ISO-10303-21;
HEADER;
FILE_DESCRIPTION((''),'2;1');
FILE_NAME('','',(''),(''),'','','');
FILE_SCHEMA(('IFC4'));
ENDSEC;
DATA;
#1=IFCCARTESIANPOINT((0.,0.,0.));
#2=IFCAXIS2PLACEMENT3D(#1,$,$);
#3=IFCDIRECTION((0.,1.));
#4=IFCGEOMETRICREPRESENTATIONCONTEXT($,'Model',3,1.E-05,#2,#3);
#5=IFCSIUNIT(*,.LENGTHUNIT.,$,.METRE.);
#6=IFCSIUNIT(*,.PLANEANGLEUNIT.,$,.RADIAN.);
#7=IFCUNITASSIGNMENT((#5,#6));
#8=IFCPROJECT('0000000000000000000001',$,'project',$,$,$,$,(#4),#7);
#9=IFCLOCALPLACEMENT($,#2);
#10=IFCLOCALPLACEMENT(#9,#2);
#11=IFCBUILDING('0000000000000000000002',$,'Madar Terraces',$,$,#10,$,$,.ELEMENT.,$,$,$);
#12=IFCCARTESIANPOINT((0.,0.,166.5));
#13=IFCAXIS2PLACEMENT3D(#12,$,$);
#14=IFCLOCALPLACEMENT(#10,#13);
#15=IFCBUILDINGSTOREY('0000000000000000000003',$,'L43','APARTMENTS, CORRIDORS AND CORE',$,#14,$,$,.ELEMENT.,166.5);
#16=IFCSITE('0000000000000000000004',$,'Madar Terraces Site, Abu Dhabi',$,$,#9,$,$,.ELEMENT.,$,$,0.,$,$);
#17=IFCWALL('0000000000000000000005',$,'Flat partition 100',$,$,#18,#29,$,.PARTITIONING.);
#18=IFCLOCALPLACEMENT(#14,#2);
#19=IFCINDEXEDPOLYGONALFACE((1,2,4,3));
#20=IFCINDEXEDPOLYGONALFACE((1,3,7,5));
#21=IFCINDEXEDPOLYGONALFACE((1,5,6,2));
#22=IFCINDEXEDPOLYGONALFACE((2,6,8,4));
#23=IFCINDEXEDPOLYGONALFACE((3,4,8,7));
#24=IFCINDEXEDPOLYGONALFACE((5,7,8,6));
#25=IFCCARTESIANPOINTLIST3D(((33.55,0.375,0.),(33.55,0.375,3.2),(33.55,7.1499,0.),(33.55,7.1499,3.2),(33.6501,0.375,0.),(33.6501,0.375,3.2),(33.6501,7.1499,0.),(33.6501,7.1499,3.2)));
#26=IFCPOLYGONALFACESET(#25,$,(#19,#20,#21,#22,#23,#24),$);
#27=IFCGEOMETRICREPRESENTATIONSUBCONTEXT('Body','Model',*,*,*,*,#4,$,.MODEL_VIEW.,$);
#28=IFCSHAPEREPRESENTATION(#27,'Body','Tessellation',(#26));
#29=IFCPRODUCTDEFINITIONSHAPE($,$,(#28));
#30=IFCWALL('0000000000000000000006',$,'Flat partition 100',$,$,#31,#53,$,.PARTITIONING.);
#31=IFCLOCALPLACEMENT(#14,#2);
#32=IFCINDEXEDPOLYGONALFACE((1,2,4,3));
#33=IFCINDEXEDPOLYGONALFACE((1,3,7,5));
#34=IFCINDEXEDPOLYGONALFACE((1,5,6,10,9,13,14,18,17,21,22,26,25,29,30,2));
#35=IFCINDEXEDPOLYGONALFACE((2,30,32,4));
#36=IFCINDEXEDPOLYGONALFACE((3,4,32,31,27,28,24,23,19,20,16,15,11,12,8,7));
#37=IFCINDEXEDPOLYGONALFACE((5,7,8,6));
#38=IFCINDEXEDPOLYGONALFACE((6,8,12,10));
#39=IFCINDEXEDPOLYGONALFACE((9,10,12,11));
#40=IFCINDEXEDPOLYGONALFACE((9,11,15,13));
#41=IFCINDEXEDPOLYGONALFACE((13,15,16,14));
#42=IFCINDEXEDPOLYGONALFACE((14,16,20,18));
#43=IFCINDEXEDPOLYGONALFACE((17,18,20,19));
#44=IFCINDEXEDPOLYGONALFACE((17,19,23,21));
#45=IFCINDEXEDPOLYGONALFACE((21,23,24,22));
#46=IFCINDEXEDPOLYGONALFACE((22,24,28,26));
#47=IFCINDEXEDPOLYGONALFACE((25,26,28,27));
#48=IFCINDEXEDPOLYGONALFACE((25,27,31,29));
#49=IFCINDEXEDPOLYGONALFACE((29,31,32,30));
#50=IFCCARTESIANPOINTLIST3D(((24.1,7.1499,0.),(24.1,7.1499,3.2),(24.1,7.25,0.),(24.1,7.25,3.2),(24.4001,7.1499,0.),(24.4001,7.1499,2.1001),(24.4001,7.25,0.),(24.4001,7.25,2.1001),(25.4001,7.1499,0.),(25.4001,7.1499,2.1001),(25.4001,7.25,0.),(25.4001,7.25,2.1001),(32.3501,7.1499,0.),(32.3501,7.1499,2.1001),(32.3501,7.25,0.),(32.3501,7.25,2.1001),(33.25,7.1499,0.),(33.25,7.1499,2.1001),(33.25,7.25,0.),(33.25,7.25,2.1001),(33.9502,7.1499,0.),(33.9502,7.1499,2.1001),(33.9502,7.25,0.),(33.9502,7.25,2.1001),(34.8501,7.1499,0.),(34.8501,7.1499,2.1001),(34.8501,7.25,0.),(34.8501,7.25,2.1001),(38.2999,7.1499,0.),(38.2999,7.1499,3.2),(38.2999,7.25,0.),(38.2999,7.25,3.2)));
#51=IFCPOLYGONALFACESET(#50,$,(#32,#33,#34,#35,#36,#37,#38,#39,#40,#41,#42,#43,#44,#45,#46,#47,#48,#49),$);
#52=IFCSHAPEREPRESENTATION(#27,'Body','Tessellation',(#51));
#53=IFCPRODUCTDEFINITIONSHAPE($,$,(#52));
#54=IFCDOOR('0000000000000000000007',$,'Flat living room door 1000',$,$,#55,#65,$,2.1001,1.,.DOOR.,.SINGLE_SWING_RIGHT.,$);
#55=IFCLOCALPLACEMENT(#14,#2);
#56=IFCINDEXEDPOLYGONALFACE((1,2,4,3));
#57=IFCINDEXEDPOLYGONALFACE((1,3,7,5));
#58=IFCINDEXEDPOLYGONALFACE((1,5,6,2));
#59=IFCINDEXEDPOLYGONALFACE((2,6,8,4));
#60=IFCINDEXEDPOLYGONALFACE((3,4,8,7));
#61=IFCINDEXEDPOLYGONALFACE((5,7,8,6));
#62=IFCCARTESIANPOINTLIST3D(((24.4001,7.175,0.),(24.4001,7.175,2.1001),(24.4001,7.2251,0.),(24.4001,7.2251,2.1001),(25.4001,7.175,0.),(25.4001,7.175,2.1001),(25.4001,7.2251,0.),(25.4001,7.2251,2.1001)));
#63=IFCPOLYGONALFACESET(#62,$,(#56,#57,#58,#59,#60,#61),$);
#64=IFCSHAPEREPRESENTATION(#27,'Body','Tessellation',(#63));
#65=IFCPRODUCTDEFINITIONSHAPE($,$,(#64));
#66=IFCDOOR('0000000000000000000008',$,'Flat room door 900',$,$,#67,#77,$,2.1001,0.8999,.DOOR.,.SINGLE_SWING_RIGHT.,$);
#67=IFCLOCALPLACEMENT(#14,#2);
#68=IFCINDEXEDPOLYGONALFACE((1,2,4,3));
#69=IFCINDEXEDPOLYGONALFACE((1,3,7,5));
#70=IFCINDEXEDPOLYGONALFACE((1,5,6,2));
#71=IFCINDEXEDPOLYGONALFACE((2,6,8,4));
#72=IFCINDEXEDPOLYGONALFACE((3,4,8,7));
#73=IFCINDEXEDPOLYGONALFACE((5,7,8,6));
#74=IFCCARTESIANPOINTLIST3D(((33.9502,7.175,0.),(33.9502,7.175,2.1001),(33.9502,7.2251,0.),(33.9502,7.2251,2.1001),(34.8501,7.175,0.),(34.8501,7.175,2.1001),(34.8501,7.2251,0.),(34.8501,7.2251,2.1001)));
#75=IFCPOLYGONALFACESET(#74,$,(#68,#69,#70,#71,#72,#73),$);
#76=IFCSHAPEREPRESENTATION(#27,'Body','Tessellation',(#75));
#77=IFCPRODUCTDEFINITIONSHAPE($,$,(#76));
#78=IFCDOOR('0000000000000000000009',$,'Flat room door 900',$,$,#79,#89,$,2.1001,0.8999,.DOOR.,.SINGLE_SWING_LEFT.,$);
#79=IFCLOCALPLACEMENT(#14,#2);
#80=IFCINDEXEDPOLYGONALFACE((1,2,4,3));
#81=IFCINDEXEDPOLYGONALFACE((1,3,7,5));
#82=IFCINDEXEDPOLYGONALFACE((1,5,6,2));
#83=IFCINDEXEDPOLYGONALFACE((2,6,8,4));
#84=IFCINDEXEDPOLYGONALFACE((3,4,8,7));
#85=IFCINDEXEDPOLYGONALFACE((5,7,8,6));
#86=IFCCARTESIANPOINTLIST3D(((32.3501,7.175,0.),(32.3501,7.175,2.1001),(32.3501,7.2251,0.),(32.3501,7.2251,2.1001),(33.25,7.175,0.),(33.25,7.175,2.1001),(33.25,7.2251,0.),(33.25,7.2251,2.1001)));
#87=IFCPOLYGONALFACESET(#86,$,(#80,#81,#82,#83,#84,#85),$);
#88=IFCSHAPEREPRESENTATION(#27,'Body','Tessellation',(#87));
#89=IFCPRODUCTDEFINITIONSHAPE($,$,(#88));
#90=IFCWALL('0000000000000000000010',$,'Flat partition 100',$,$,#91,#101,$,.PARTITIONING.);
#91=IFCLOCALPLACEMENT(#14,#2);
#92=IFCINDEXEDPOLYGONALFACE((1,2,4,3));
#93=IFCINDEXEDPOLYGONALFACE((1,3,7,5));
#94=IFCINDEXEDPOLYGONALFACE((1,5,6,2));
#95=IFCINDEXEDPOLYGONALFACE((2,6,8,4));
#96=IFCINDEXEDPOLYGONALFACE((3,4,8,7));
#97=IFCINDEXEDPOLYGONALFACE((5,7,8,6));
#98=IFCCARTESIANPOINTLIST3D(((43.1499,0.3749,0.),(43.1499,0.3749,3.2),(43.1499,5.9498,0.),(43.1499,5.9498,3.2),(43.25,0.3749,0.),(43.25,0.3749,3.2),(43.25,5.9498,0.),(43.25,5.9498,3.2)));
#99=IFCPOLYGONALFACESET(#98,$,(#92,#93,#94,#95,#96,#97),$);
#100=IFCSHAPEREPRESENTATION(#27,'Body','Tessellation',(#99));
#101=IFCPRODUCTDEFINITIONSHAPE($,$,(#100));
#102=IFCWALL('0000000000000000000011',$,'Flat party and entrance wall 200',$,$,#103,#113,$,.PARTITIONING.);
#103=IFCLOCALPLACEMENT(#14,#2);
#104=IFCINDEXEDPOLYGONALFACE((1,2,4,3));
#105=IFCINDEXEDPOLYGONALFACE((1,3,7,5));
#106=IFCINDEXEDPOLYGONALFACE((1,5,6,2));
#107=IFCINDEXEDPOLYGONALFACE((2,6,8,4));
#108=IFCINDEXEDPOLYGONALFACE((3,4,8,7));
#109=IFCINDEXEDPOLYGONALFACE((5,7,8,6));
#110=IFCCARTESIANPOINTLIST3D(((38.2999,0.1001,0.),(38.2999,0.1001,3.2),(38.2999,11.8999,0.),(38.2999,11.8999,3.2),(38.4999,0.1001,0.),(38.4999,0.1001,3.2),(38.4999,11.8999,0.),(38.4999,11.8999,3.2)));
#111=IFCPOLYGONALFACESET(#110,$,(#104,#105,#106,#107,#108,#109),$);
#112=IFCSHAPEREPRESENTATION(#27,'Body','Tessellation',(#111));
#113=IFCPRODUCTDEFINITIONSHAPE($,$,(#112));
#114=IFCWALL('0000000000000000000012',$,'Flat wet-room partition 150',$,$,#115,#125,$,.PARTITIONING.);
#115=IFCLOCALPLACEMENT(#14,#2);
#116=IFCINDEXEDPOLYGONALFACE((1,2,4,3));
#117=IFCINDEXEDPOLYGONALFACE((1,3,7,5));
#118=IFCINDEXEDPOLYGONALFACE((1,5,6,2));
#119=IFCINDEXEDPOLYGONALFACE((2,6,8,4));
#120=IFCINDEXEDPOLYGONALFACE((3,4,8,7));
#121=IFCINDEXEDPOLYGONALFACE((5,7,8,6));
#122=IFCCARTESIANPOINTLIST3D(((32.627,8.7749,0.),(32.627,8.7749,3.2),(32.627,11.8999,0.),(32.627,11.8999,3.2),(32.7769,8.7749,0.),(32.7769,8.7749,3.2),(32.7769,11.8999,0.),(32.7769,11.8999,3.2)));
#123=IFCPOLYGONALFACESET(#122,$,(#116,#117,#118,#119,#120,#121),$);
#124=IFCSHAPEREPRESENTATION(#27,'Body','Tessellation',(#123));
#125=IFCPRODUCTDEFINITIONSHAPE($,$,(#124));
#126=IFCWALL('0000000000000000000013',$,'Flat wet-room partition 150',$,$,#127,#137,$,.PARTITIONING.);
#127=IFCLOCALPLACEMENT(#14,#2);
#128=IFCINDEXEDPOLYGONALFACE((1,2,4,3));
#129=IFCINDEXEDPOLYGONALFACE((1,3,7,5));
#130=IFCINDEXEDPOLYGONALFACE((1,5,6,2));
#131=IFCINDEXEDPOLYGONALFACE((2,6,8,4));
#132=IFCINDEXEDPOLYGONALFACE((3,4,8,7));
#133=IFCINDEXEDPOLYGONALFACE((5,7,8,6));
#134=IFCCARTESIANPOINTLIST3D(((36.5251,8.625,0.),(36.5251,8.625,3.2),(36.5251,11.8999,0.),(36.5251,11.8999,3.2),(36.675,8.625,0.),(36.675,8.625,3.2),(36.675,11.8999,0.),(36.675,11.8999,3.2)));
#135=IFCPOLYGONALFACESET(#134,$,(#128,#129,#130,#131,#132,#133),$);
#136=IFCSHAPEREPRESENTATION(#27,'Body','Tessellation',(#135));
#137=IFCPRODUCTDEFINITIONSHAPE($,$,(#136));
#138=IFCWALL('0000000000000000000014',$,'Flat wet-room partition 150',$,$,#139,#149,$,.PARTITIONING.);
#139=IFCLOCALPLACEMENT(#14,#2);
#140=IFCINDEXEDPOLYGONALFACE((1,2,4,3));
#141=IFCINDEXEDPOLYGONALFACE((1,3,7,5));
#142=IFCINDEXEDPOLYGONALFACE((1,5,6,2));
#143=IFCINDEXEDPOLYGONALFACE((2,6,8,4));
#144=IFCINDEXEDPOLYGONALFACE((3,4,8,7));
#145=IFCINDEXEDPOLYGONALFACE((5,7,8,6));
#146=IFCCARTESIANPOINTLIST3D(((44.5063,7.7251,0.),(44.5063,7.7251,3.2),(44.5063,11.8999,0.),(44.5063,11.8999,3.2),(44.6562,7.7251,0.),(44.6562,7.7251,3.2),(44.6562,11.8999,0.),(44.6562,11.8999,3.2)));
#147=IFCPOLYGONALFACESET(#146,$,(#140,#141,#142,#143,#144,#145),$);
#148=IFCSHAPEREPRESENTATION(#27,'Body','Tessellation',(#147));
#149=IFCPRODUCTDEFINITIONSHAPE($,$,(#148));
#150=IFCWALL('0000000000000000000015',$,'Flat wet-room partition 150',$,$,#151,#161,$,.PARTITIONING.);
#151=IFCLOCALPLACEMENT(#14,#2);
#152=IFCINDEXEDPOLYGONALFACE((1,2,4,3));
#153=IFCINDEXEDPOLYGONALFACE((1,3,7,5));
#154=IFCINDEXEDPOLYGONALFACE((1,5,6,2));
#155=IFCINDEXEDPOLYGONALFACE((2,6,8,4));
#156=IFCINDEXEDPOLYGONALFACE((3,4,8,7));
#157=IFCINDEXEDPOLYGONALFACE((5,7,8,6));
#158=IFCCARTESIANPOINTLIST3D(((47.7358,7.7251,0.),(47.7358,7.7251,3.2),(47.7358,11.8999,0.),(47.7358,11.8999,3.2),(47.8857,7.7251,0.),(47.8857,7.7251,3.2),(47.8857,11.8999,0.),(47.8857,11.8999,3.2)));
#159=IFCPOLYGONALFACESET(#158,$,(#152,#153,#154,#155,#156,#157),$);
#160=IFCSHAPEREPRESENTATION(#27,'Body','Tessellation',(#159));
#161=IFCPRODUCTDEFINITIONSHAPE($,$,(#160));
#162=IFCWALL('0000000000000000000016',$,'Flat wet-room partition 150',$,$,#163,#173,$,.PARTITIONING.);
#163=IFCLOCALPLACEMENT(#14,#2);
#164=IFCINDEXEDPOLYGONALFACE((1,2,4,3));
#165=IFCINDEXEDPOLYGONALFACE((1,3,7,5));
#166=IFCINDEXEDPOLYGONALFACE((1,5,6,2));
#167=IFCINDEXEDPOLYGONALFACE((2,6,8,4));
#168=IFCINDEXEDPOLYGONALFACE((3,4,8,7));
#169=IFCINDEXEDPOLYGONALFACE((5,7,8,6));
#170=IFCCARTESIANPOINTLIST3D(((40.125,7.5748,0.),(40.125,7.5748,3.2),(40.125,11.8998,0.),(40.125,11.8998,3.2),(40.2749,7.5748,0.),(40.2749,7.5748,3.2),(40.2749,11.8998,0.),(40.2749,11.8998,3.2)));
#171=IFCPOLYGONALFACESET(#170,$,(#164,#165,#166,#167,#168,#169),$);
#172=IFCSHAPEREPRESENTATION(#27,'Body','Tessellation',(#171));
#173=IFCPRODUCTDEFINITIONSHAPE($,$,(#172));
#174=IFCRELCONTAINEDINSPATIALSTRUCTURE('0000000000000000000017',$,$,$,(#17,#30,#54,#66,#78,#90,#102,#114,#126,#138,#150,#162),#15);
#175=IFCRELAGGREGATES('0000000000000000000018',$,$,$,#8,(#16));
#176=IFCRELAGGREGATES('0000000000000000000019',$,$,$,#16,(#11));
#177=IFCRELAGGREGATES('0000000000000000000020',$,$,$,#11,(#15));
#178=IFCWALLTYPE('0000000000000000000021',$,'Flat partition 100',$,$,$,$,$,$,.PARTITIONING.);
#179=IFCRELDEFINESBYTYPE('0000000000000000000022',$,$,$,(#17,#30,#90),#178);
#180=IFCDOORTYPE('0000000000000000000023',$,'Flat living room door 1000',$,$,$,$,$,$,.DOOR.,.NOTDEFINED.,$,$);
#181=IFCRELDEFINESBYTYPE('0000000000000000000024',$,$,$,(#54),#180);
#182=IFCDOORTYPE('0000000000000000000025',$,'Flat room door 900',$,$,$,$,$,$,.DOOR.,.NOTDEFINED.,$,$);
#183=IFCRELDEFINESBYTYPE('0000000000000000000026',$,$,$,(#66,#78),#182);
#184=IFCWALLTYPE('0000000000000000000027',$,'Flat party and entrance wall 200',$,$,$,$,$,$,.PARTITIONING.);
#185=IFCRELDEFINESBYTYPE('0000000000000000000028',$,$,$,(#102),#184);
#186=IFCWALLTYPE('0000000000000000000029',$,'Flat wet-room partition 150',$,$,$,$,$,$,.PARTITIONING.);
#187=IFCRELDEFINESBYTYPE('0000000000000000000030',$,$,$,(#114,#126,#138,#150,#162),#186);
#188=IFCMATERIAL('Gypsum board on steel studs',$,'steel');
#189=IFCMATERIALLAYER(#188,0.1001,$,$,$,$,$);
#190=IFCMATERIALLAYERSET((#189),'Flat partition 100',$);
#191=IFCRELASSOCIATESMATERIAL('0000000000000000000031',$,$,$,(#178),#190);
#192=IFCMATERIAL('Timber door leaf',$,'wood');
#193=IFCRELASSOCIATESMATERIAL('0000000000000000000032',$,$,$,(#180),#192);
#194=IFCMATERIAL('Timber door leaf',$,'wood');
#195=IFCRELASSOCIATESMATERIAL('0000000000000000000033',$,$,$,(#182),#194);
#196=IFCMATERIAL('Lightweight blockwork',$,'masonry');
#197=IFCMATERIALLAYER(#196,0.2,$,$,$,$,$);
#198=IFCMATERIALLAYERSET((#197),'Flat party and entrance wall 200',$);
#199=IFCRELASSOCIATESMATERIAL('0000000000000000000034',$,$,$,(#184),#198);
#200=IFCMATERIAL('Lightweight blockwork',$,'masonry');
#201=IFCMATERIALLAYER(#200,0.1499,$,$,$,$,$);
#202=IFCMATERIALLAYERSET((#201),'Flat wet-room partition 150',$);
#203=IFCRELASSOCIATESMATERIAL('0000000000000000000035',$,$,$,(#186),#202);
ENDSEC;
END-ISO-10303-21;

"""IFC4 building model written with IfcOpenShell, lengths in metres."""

from ifc_helpers import new_model, si_unit, direction, frame, frame_2d, origin, place, context, subcontext, project, spatial, rectangle, extrude, material, layer, layer_set, type_object, element, fill, save


model = new_model("IFC4")

# Units and contexts
model_context = context("Model", 3, precision=1e-05, world=origin(), true_north=direction((0.0, 1.0)))
body_context = subcontext(model_context, "Body", "Model", "MODEL_VIEW")
ifc_project = project(units=[si_unit("LENGTHUNIT", "METRE"), si_unit("PLANEANGLEUNIT", "RADIAN")], contexts=[model_context])

# Site, building, storey
site_placement = place(None, origin())
site = spatial("IfcSite", under=ifc_project, at=site_placement, Name="Madar Terraces Site, Abu Dhabi", CompositionType="ELEMENT", RefElevation=0.0)
building_placement = place(site_placement, origin())
building = spatial("IfcBuilding", under=site, at=building_placement, Name="Madar Terraces", CompositionType="ELEMENT")
storey_placement = place(building_placement, frame((0.0, 0.0, 166.5)))
storey = spatial("IfcBuildingStorey", under=building, at=storey_placement, Name="L43", Description="APARTMENTS, CORRIDORS AND CORE", CompositionType="ELEMENT", Elevation=166.5)

# Wall
ifc_material_1 = material(Name="Gypsum board on steel studs", Category="steel")
ifc_layer_1 = layer(ifc_material_1, 0.1001)
ifc_layer_set_1 = layer_set([ifc_layer_1], Name="Flat partition 100")
wall_type_1 = type_object("IfcWallType", Name="Flat partition 100", PredefinedType="PARTITIONING", material=ifc_layer_set_1)
wall_1_placement = place(storey_placement, frame((33.6001, 7.1499, 0.0), z_axis=(0.0, 0.0, 1.0), x_axis=(0.0, -1.0, 0.0)))
element("IfcWall", 1, at=wall_1_placement, inside=storey, type_object=wall_type_1, Name="Flat partition 100", PredefinedType="PARTITIONING", context=body_context, shape_type="SweptSolid", body=[
    extrude(rectangle(XDim=6.7749, YDim=0.1001, at=frame_2d((3.3875, 0.0))), origin(), (0.0, 0.0, 1.0), 3.2),
])

# Wall, openings, doors
wall_2_placement = place(storey_placement, frame((38.3, 7.2, 0.0), z_axis=(0.0, 0.0, 1.0), x_axis=(-1.0, 0.0, 0.0)))
wall_2 = element("IfcWall", 2, at=wall_2_placement, inside=storey, type_object=wall_type_1, Name="Flat partition 100", PredefinedType="PARTITIONING", context=body_context, shape_type="SweptSolid", body=[
    extrude(rectangle(XDim=14.2, YDim=0.1001, at=frame_2d((7.1001, 0.0))), origin(), (0.0, 0.0, 1.0), 3.2),
])
opening_1_placement = place(wall_2_placement, frame((3.45, 0.0, 0.0)))
opening_1 = element("IfcOpeningElement", 3, at=opening_1_placement, cuts=wall_2, PredefinedType="OPENING", context=body_context, shape_type="SweptSolid", body=[
    extrude(rectangle(XDim=0.8999, YDim=2.1001, at=frame_2d((0.45, 1.05))), frame((0.0, 0.0601, 0.0), z_axis=(0.0, -1.0, 0.0), x_axis=(1.0, 0.0, 0.0)), (0.0, 0.0, 1.0), 0.1201),
])
opening_2_placement = place(wall_2_placement, frame((5.05, 0.0, 0.0)))
opening_2 = element("IfcOpeningElement", 4, at=opening_2_placement, cuts=wall_2, PredefinedType="OPENING", context=body_context, shape_type="SweptSolid", body=[
    extrude(rectangle(XDim=0.8999, YDim=2.1001, at=frame_2d((0.45, 1.05))), frame((0.0, 0.0601, 0.0), z_axis=(0.0, -1.0, 0.0), x_axis=(1.0, 0.0, 0.0)), (0.0, 0.0, 1.0), 0.1201),
])
opening_3_placement = place(wall_2_placement, frame((12.8999, 0.0, 0.0)))
opening_3 = element("IfcOpeningElement", 5, at=opening_3_placement, cuts=wall_2, PredefinedType="OPENING", context=body_context, shape_type="SweptSolid", body=[
    extrude(rectangle(XDim=1.0, YDim=2.1001, at=frame_2d((0.5, 1.05))), frame((0.0, 0.0601, 0.0), z_axis=(0.0, -1.0, 0.0), x_axis=(1.0, 0.0, 0.0)), (0.0, 0.0, 1.0), 0.1201),
])
ifc_material_2 = material(Name="Timber door leaf", Category="wood")
door_type_1 = type_object("IfcDoorType", Name="Flat living room door 1000", OperationType="NOTDEFINED", PredefinedType="DOOR", material=ifc_material_2)
door_1_placement = place(opening_3_placement, origin())
door_1 = element("IfcDoor", 6, at=door_1_placement, inside=storey, type_object=door_type_1, Name="Flat living room door 1000", OperationType="SINGLE_SWING_RIGHT", OverallHeight=2.1001, OverallWidth=1.0, PredefinedType="DOOR", context=body_context, shape_type="SweptSolid", body=[
    extrude(rectangle(XDim=1.0, YDim=2.1001, at=frame_2d((0.5, 1.05))), frame((0.0, 0.0249, 0.0), z_axis=(0.0, -1.0, 0.0), x_axis=(1.0, 0.0, 0.0)), (0.0, 0.0, 1.0), 0.05),
])
fill(opening_3, door_1)
ifc_material_3 = material(Name="Timber door leaf", Category="wood")
door_type_2 = type_object("IfcDoorType", Name="Flat room door 900", OperationType="NOTDEFINED", PredefinedType="DOOR", material=ifc_material_3)
door_2_placement = place(opening_1_placement, origin())
door_2 = element("IfcDoor", 7, at=door_2_placement, inside=storey, type_object=door_type_2, Name="Flat room door 900", OperationType="SINGLE_SWING_RIGHT", OverallHeight=2.1001, OverallWidth=0.8999, PredefinedType="DOOR", context=body_context, shape_type="SweptSolid", body=[
    extrude(rectangle(XDim=0.8999, YDim=2.1001, at=frame_2d((0.45, 1.05))), frame((0.0, 0.0249, 0.0), z_axis=(0.0, -1.0, 0.0), x_axis=(1.0, 0.0, 0.0)), (0.0, 0.0, 1.0), 0.05),
])
fill(opening_1, door_2)
door_3_placement = place(opening_2_placement, origin())
door_3 = element("IfcDoor", 8, at=door_3_placement, inside=storey, type_object=door_type_2, Name="Flat room door 900", OperationType="SINGLE_SWING_LEFT", OverallHeight=2.1001, OverallWidth=0.8999, PredefinedType="DOOR", context=body_context, shape_type="SweptSolid", body=[
    extrude(rectangle(XDim=0.8999, YDim=2.1001, at=frame_2d((0.45, 1.05))), frame((0.0, 0.0249, 0.0), z_axis=(0.0, -1.0, 0.0), x_axis=(1.0, 0.0, 0.0)), (0.0, 0.0, 1.0), 0.05),
])
fill(opening_2, door_3)

# Walls
wall_3_placement = place(storey_placement, frame((43.2, 5.95, 0.0), z_axis=(0.0, 0.0, 1.0), x_axis=(0.0, -1.0, 0.0)))
element("IfcWall", 9, at=wall_3_placement, inside=storey, type_object=wall_type_1, Name="Flat partition 100", PredefinedType="PARTITIONING", context=body_context, shape_type="SweptSolid", body=[
    extrude(rectangle(XDim=5.575, YDim=0.1001, at=frame_2d((2.7876, 0.0))), origin(), (0.0, 0.0, 1.0), 3.2),
])
ifc_material_4 = material(Name="Lightweight blockwork", Category="masonry")
ifc_layer_2 = layer(ifc_material_4, 0.2)
ifc_layer_set_2 = layer_set([ifc_layer_2], Name="Flat party and entrance wall 200")
wall_type_2 = type_object("IfcWallType", Name="Flat party and entrance wall 200", PredefinedType="PARTITIONING", material=ifc_layer_set_2)
wall_4_placement = place(storey_placement, frame((38.3999, 11.8999, 0.0), z_axis=(0.0, 0.0, 1.0), x_axis=(0.0, -1.0, 0.0)))
element("IfcWall", 10, at=wall_4_placement, inside=storey, type_object=wall_type_2, Name="Flat party and entrance wall 200", PredefinedType="PARTITIONING", context=body_context, shape_type="SweptSolid", body=[
    extrude(rectangle(XDim=11.7998, YDim=0.2, at=frame_2d((5.8999, 0.0))), origin(), (0.0, 0.0, 1.0), 3.2),
])
ifc_material_5 = material(Name="Lightweight blockwork", Category="masonry")
ifc_layer_3 = layer(ifc_material_5, 0.1499)
ifc_layer_set_3 = layer_set([ifc_layer_3], Name="Flat wet-room partition 150")
wall_type_3 = type_object("IfcWallType", Name="Flat wet-room partition 150", PredefinedType="PARTITIONING", material=ifc_layer_set_3)
wall_5_placement = place(storey_placement, frame((32.7019, 11.8999, 0.0), z_axis=(0.0, 0.0, 1.0), x_axis=(0.0, -1.0, 0.0)))
element("IfcWall", 11, at=wall_5_placement, inside=storey, type_object=wall_type_3, Name="Flat wet-room partition 150", PredefinedType="PARTITIONING", context=body_context, shape_type="SweptSolid", body=[
    extrude(rectangle(XDim=3.125, YDim=0.1499, at=frame_2d((1.5625, 0.0))), origin(), (0.0, 0.0, 1.0), 3.2),
])
wall_6_placement = place(storey_placement, frame((36.6001, 11.8999, 0.0), z_axis=(0.0, 0.0, 1.0), x_axis=(0.0, -1.0, 0.0)))
element("IfcWall", 12, at=wall_6_placement, inside=storey, type_object=wall_type_3, Name="Flat wet-room partition 150", PredefinedType="PARTITIONING", context=body_context, shape_type="SweptSolid", body=[
    extrude(rectangle(XDim=3.2749, YDim=0.1499, at=frame_2d((1.6375, 0.0))), origin(), (0.0, 0.0, 1.0), 3.2),
])
for number, where, z_axis, x_axis, name in (
    (13, (44.5813, 11.8999, 0.0), (0.0, 0.0, 1.0), (0.0, -1.0, 0.0), "Flat wet-room partition 150"),
    (14, (47.8108, 11.8999, 0.0), (0.0, 0.0, 1.0), (0.0, -1.0, 0.0), "Flat wet-room partition 150"),
):
    element("IfcWall", number, at=place(storey_placement, frame(where, z_axis=z_axis, x_axis=x_axis)), inside=storey, type_object=wall_type_3, Name=name, PredefinedType="PARTITIONING", context=body_context, shape_type="SweptSolid", body=[
        extrude(rectangle(XDim=4.1748, YDim=0.1499, at=frame_2d((2.0874, 0.0))), origin(), (0.0, 0.0, 1.0), 3.2),
    ])
wall_7_placement = place(storey_placement, frame((40.2, 11.8999, 0.0), z_axis=(0.0, 0.0, 1.0), x_axis=(0.0, -1.0, 0.0)))
element("IfcWall", 15, at=wall_7_placement, inside=storey, type_object=wall_type_3, Name="Flat wet-room partition 150", PredefinedType="PARTITIONING", context=body_context, shape_type="SweptSolid", body=[
    extrude(rectangle(XDim=4.325, YDim=0.1499, at=frame_2d((2.1626, 0.0))), origin(), (0.0, 0.0, 1.0), 3.2),
])

save(model, "model.ifc")
